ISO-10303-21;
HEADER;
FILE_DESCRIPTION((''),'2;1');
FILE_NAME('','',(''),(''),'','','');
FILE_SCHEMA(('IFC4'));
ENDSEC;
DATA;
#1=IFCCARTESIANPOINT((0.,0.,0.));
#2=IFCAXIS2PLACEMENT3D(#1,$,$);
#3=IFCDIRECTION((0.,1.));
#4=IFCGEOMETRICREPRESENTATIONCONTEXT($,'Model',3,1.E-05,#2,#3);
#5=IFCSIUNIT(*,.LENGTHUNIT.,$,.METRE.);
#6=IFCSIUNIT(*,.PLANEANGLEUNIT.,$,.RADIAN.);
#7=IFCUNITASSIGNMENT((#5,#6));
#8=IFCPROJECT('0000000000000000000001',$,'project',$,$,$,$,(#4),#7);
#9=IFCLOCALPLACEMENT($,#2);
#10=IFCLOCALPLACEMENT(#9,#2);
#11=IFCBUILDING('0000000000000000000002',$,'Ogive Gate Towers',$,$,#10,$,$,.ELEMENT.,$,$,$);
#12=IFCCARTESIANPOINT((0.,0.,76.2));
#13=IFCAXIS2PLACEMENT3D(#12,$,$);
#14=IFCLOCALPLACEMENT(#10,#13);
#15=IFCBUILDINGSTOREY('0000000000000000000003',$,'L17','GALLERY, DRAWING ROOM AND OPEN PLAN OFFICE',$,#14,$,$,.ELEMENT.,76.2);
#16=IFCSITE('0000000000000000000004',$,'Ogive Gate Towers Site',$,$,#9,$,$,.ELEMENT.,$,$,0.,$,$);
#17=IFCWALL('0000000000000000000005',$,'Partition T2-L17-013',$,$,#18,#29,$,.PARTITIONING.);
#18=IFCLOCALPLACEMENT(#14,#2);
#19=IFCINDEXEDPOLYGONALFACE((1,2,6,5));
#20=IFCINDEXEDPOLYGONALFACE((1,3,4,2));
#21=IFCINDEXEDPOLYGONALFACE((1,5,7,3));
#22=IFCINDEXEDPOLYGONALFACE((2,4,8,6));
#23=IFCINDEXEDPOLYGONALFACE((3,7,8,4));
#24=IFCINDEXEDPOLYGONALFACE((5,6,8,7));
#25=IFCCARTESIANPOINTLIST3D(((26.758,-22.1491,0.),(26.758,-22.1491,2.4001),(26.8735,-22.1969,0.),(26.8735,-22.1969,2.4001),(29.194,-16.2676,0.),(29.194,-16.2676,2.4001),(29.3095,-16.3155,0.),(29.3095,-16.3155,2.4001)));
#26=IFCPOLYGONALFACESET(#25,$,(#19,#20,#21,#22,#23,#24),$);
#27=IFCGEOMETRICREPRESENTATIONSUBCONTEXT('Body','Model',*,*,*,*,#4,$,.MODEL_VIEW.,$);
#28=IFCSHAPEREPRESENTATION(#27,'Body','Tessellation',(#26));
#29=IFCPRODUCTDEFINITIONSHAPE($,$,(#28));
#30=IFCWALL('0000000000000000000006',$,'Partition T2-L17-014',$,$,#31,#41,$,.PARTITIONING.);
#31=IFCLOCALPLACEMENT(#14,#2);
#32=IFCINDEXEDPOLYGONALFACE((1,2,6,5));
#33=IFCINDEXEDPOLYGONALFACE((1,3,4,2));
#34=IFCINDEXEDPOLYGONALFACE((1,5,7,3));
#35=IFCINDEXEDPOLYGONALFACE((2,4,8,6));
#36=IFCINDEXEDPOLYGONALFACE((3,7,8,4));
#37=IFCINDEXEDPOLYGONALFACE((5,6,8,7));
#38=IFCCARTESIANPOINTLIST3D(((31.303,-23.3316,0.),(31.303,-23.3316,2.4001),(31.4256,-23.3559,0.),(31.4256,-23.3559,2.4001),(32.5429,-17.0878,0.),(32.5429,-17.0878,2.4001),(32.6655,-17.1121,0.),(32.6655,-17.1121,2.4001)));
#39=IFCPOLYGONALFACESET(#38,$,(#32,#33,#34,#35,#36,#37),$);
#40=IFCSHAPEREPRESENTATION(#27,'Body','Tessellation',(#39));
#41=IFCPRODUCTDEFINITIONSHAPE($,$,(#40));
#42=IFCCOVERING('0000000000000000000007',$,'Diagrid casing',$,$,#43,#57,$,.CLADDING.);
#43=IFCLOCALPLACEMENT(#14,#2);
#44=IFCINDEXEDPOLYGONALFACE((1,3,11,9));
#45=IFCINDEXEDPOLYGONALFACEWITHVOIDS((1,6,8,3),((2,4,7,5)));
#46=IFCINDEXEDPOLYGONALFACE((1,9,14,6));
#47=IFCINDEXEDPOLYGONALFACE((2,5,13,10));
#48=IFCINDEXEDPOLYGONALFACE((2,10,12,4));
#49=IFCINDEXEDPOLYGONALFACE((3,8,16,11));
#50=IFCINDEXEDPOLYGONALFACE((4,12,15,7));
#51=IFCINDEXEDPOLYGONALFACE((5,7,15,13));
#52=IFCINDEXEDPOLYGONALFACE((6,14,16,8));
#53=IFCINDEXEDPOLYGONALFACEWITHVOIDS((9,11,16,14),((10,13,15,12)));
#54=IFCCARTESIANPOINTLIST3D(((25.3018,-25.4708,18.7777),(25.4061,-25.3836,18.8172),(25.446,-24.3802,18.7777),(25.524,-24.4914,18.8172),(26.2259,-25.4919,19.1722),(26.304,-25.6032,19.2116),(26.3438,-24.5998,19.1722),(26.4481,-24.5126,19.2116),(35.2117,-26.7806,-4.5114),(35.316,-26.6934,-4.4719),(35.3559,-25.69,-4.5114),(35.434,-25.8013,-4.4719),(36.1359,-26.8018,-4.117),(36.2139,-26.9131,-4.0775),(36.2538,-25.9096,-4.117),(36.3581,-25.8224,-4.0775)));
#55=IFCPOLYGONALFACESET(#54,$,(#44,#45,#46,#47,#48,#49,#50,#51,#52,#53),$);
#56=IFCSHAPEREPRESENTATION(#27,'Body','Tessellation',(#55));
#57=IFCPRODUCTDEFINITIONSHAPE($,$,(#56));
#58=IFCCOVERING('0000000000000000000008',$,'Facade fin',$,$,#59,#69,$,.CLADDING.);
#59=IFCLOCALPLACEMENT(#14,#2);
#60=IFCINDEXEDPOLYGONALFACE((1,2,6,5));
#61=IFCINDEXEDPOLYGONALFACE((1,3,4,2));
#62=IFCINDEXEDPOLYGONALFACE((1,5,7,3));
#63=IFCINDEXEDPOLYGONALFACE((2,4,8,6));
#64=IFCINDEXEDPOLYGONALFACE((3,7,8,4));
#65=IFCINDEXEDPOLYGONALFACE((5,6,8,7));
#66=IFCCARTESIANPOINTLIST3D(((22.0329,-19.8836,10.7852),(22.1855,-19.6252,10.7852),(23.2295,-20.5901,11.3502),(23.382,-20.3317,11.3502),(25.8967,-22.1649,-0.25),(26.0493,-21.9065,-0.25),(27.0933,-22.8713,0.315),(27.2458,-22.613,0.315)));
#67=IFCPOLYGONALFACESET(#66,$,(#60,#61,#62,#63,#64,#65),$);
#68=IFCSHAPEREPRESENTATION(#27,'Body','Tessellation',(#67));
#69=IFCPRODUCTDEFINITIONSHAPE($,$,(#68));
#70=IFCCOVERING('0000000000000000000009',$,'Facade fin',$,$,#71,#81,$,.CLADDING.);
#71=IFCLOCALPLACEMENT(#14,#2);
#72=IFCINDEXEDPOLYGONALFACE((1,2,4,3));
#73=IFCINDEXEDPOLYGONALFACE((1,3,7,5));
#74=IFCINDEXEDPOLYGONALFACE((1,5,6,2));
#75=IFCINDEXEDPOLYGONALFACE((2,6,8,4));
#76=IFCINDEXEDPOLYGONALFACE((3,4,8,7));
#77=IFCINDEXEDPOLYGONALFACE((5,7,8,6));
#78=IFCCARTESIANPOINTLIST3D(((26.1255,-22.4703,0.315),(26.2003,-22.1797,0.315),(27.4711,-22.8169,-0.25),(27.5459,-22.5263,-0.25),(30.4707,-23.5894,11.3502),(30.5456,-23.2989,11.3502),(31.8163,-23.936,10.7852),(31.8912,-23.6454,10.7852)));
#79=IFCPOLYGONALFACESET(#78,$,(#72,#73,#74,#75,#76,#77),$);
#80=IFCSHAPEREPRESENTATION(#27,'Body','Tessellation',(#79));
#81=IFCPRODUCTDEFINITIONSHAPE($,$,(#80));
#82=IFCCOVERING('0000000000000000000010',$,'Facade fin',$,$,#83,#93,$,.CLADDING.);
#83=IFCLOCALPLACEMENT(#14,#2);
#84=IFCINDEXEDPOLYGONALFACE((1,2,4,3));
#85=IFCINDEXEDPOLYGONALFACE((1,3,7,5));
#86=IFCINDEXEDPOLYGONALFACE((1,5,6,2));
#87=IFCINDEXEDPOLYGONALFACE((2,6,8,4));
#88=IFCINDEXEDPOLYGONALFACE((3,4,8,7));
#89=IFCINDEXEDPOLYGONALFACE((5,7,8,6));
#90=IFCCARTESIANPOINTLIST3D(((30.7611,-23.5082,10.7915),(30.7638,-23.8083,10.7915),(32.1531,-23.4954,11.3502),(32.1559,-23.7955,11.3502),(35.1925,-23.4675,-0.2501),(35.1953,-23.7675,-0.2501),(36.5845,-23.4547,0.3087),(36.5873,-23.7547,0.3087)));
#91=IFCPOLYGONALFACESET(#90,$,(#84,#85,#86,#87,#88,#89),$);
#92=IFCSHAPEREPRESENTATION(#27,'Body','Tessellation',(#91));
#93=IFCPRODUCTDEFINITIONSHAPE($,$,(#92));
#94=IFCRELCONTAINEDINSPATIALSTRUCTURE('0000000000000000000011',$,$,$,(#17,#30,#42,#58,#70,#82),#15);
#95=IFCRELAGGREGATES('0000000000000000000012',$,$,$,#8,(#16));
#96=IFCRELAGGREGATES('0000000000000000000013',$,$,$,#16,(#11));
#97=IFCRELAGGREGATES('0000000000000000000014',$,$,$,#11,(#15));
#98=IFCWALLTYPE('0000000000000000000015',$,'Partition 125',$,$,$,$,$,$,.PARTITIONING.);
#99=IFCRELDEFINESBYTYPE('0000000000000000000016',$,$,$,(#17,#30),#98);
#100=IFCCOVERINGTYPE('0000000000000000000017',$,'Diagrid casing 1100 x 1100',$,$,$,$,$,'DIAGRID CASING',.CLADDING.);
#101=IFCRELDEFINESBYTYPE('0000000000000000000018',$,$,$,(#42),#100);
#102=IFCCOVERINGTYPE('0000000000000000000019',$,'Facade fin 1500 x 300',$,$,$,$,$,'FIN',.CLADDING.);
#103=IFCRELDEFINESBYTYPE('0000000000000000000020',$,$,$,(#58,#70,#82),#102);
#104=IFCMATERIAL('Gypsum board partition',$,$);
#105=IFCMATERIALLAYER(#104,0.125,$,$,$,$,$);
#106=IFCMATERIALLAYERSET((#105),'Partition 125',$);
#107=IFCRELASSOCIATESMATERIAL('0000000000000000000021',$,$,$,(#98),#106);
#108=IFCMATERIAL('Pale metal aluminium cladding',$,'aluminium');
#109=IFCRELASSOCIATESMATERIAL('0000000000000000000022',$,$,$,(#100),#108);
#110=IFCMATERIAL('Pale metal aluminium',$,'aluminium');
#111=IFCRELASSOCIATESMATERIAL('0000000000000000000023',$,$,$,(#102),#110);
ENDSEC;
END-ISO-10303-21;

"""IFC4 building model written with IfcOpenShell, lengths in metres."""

from ifc_helpers import new_model, si_unit, direction, frame, frame_2d, origin, origin_2d, place, context, subcontext, project, spatial, rectangle, hollow_rectangle, extrude, material, layer, layer_set, material_profile, profile_set, type_object, element, save


model = new_model("IFC4")

# Units and contexts
model_context = context("Model", 3, precision=1e-05, world=origin(), true_north=direction((0.0, 1.0)))
body_context = subcontext(model_context, "Body", "Model", "MODEL_VIEW")
ifc_project = project(units=[si_unit("LENGTHUNIT", "METRE"), si_unit("PLANEANGLEUNIT", "RADIAN")], contexts=[model_context])

# Site, building, storey
site_placement = place(None, origin())
site = spatial("IfcSite", under=ifc_project, at=site_placement, Name="Ogive Gate Towers Site", CompositionType="ELEMENT", RefElevation=0.0)
building_placement = place(site_placement, origin())
building = spatial("IfcBuilding", under=site, at=building_placement, Name="Ogive Gate Towers", CompositionType="ELEMENT")
storey_placement = place(building_placement, frame((0.0, 0.0, 76.2)))
storey = spatial("IfcBuildingStorey", under=building, at=storey_placement, Name="L17", Description="GALLERY, DRAWING ROOM AND OPEN PLAN OFFICE", CompositionType="ELEMENT", Elevation=76.2)

# Shared definitions
ifc_material_1 = material(Name="Pale metal aluminium", Category="aluminium")

# Walls
ifc_material_2 = material(Name="Gypsum board partition")
ifc_layer_1 = layer(ifc_material_2, 0.125)
ifc_layer_set_1 = layer_set([ifc_layer_1], Name="Partition 125")
wall_type = type_object("IfcWallType", Name="Partition 125", PredefinedType="PARTITIONING", material=ifc_layer_set_1)
wall_1_placement = place(storey_placement, frame((26.8157, -22.1731, 0.0), z_axis=(0.0, 0.0, 1.0), x_axis=(0.38267, 0.923885, 0.0)))
element("IfcWall", 1, at=wall_1_placement, inside=storey, type_object=wall_type, Name="Partition T2-L17-013", PredefinedType="PARTITIONING", context=body_context, shape_type="SweptSolid", body=[
    extrude(rectangle(XDim=6.366, YDim=0.125, at=frame_2d((3.1831, 0.0))), origin(), (0.0, 0.0, 1.0), 2.4001),
])
wall_2_placement = place(storey_placement, frame((31.3643, -23.3438, 0.0), z_axis=(0.0, 0.0, 1.0), x_axis=(0.194788, 0.980845, 0.0)))
element("IfcWall", 2, at=wall_2_placement, inside=storey, type_object=wall_type, Name="Partition T2-L17-014", PredefinedType="PARTITIONING", context=body_context, shape_type="SweptSolid", body=[
    extrude(rectangle(XDim=6.3657, YDim=0.125, at=frame_2d((3.1829, 0.0))), origin(), (0.0, 0.0, 1.0), 2.4001),
])

# Coverings
ifc_material_3 = material(Name="Pale metal aluminium cladding", Category="aluminium")
ifc_material_profile_1 = material_profile(ifc_material_3, hollow_rectangle(XDim=1.1001, YDim=1.1001, WallThickness=0.1001, at=origin_2d()), Name="1100 x 1100 pale metal casing")
ifc_profile_set_1 = profile_set([ifc_material_profile_1], Name="Pale metal aluminium cladding")
covering_type_1 = type_object("IfcCoveringType", Name="Diagrid casing 1100 x 1100", ElementType="DIAGRID CASING", PredefinedType="CLADDING", material=ifc_profile_set_1)
covering_1_placement = place(storey_placement, frame((35.7849, -26.3015, -4.2944), z_axis=(-0.391021, 0.051682, 0.91893), x_axis=(-0.131033, -0.991378, 0.0)))
element("IfcCovering", 3, at=covering_1_placement, inside=storey, type_object=covering_type_1, Name="Diagrid casing", PredefinedType="CLADDING", context=body_context, shape_type="SweptSolid", body=[
    extrude(hollow_rectangle(XDim=1.1001, YDim=1.1001, WallThickness=0.1001, at=origin_2d()), origin(), (0.0, 0.0, 1.0), 25.3438),
])
ifc_material_profile_2 = material_profile(ifc_material_1, rectangle(XDim=0.3, YDim=1.5, at=origin_2d()), Name="1500 x 300 pale metal aluminium")
ifc_profile_set_2 = profile_set([ifc_material_profile_2], Name="Pale metal aluminium")
covering_type_2 = type_object("IfcCoveringType", Name="Facade fin 1500 x 300", ElementType="FIN", PredefinedType="CLADDING", material=ifc_profile_set_2)
for number, where, z_axis, x_axis, name in (
    (4, (26.5713, -22.3889, 0.0325), (-0.324346, 0.191501, 0.926352), (-0.508418, -0.861111, 0.0), "Facade fin"),
    (5, (26.8357, -22.4983, 0.0325), (0.36476, -0.093947, 0.92635), (0.249417, 0.968396, 0.0), "Facade fin"),
):
    element("IfcCovering", number, at=place(storey_placement, frame(where, z_axis=z_axis, x_axis=x_axis)), inside=storey, type_object=covering_type_2, Name=name, PredefinedType="CLADDING", context=body_context, shape_type="SweptSolid", body=[
        extrude(rectangle(XDim=0.3, YDim=1.5, at=origin_2d()), origin(), (0.0, 0.0, 1.0), 11.9126),
    ])
covering_2_placement = place(storey_placement, frame((35.8899, -23.6111, 0.0293), z_axis=(-0.37246, -0.003427, 0.928042), x_axis=(0.0092, -0.999958, 0.0)))
element("IfcCovering", 6, at=covering_2_placement, inside=storey, type_object=covering_type_2, Name="Facade fin", PredefinedType="CLADDING", context=body_context, shape_type="SweptSolid", body=[
    extrude(rectangle(XDim=0.3, YDim=1.5, at=origin_2d()), origin(), (0.0, 0.0, 1.0), 11.8977),
])

save(model, "model.ifc")
